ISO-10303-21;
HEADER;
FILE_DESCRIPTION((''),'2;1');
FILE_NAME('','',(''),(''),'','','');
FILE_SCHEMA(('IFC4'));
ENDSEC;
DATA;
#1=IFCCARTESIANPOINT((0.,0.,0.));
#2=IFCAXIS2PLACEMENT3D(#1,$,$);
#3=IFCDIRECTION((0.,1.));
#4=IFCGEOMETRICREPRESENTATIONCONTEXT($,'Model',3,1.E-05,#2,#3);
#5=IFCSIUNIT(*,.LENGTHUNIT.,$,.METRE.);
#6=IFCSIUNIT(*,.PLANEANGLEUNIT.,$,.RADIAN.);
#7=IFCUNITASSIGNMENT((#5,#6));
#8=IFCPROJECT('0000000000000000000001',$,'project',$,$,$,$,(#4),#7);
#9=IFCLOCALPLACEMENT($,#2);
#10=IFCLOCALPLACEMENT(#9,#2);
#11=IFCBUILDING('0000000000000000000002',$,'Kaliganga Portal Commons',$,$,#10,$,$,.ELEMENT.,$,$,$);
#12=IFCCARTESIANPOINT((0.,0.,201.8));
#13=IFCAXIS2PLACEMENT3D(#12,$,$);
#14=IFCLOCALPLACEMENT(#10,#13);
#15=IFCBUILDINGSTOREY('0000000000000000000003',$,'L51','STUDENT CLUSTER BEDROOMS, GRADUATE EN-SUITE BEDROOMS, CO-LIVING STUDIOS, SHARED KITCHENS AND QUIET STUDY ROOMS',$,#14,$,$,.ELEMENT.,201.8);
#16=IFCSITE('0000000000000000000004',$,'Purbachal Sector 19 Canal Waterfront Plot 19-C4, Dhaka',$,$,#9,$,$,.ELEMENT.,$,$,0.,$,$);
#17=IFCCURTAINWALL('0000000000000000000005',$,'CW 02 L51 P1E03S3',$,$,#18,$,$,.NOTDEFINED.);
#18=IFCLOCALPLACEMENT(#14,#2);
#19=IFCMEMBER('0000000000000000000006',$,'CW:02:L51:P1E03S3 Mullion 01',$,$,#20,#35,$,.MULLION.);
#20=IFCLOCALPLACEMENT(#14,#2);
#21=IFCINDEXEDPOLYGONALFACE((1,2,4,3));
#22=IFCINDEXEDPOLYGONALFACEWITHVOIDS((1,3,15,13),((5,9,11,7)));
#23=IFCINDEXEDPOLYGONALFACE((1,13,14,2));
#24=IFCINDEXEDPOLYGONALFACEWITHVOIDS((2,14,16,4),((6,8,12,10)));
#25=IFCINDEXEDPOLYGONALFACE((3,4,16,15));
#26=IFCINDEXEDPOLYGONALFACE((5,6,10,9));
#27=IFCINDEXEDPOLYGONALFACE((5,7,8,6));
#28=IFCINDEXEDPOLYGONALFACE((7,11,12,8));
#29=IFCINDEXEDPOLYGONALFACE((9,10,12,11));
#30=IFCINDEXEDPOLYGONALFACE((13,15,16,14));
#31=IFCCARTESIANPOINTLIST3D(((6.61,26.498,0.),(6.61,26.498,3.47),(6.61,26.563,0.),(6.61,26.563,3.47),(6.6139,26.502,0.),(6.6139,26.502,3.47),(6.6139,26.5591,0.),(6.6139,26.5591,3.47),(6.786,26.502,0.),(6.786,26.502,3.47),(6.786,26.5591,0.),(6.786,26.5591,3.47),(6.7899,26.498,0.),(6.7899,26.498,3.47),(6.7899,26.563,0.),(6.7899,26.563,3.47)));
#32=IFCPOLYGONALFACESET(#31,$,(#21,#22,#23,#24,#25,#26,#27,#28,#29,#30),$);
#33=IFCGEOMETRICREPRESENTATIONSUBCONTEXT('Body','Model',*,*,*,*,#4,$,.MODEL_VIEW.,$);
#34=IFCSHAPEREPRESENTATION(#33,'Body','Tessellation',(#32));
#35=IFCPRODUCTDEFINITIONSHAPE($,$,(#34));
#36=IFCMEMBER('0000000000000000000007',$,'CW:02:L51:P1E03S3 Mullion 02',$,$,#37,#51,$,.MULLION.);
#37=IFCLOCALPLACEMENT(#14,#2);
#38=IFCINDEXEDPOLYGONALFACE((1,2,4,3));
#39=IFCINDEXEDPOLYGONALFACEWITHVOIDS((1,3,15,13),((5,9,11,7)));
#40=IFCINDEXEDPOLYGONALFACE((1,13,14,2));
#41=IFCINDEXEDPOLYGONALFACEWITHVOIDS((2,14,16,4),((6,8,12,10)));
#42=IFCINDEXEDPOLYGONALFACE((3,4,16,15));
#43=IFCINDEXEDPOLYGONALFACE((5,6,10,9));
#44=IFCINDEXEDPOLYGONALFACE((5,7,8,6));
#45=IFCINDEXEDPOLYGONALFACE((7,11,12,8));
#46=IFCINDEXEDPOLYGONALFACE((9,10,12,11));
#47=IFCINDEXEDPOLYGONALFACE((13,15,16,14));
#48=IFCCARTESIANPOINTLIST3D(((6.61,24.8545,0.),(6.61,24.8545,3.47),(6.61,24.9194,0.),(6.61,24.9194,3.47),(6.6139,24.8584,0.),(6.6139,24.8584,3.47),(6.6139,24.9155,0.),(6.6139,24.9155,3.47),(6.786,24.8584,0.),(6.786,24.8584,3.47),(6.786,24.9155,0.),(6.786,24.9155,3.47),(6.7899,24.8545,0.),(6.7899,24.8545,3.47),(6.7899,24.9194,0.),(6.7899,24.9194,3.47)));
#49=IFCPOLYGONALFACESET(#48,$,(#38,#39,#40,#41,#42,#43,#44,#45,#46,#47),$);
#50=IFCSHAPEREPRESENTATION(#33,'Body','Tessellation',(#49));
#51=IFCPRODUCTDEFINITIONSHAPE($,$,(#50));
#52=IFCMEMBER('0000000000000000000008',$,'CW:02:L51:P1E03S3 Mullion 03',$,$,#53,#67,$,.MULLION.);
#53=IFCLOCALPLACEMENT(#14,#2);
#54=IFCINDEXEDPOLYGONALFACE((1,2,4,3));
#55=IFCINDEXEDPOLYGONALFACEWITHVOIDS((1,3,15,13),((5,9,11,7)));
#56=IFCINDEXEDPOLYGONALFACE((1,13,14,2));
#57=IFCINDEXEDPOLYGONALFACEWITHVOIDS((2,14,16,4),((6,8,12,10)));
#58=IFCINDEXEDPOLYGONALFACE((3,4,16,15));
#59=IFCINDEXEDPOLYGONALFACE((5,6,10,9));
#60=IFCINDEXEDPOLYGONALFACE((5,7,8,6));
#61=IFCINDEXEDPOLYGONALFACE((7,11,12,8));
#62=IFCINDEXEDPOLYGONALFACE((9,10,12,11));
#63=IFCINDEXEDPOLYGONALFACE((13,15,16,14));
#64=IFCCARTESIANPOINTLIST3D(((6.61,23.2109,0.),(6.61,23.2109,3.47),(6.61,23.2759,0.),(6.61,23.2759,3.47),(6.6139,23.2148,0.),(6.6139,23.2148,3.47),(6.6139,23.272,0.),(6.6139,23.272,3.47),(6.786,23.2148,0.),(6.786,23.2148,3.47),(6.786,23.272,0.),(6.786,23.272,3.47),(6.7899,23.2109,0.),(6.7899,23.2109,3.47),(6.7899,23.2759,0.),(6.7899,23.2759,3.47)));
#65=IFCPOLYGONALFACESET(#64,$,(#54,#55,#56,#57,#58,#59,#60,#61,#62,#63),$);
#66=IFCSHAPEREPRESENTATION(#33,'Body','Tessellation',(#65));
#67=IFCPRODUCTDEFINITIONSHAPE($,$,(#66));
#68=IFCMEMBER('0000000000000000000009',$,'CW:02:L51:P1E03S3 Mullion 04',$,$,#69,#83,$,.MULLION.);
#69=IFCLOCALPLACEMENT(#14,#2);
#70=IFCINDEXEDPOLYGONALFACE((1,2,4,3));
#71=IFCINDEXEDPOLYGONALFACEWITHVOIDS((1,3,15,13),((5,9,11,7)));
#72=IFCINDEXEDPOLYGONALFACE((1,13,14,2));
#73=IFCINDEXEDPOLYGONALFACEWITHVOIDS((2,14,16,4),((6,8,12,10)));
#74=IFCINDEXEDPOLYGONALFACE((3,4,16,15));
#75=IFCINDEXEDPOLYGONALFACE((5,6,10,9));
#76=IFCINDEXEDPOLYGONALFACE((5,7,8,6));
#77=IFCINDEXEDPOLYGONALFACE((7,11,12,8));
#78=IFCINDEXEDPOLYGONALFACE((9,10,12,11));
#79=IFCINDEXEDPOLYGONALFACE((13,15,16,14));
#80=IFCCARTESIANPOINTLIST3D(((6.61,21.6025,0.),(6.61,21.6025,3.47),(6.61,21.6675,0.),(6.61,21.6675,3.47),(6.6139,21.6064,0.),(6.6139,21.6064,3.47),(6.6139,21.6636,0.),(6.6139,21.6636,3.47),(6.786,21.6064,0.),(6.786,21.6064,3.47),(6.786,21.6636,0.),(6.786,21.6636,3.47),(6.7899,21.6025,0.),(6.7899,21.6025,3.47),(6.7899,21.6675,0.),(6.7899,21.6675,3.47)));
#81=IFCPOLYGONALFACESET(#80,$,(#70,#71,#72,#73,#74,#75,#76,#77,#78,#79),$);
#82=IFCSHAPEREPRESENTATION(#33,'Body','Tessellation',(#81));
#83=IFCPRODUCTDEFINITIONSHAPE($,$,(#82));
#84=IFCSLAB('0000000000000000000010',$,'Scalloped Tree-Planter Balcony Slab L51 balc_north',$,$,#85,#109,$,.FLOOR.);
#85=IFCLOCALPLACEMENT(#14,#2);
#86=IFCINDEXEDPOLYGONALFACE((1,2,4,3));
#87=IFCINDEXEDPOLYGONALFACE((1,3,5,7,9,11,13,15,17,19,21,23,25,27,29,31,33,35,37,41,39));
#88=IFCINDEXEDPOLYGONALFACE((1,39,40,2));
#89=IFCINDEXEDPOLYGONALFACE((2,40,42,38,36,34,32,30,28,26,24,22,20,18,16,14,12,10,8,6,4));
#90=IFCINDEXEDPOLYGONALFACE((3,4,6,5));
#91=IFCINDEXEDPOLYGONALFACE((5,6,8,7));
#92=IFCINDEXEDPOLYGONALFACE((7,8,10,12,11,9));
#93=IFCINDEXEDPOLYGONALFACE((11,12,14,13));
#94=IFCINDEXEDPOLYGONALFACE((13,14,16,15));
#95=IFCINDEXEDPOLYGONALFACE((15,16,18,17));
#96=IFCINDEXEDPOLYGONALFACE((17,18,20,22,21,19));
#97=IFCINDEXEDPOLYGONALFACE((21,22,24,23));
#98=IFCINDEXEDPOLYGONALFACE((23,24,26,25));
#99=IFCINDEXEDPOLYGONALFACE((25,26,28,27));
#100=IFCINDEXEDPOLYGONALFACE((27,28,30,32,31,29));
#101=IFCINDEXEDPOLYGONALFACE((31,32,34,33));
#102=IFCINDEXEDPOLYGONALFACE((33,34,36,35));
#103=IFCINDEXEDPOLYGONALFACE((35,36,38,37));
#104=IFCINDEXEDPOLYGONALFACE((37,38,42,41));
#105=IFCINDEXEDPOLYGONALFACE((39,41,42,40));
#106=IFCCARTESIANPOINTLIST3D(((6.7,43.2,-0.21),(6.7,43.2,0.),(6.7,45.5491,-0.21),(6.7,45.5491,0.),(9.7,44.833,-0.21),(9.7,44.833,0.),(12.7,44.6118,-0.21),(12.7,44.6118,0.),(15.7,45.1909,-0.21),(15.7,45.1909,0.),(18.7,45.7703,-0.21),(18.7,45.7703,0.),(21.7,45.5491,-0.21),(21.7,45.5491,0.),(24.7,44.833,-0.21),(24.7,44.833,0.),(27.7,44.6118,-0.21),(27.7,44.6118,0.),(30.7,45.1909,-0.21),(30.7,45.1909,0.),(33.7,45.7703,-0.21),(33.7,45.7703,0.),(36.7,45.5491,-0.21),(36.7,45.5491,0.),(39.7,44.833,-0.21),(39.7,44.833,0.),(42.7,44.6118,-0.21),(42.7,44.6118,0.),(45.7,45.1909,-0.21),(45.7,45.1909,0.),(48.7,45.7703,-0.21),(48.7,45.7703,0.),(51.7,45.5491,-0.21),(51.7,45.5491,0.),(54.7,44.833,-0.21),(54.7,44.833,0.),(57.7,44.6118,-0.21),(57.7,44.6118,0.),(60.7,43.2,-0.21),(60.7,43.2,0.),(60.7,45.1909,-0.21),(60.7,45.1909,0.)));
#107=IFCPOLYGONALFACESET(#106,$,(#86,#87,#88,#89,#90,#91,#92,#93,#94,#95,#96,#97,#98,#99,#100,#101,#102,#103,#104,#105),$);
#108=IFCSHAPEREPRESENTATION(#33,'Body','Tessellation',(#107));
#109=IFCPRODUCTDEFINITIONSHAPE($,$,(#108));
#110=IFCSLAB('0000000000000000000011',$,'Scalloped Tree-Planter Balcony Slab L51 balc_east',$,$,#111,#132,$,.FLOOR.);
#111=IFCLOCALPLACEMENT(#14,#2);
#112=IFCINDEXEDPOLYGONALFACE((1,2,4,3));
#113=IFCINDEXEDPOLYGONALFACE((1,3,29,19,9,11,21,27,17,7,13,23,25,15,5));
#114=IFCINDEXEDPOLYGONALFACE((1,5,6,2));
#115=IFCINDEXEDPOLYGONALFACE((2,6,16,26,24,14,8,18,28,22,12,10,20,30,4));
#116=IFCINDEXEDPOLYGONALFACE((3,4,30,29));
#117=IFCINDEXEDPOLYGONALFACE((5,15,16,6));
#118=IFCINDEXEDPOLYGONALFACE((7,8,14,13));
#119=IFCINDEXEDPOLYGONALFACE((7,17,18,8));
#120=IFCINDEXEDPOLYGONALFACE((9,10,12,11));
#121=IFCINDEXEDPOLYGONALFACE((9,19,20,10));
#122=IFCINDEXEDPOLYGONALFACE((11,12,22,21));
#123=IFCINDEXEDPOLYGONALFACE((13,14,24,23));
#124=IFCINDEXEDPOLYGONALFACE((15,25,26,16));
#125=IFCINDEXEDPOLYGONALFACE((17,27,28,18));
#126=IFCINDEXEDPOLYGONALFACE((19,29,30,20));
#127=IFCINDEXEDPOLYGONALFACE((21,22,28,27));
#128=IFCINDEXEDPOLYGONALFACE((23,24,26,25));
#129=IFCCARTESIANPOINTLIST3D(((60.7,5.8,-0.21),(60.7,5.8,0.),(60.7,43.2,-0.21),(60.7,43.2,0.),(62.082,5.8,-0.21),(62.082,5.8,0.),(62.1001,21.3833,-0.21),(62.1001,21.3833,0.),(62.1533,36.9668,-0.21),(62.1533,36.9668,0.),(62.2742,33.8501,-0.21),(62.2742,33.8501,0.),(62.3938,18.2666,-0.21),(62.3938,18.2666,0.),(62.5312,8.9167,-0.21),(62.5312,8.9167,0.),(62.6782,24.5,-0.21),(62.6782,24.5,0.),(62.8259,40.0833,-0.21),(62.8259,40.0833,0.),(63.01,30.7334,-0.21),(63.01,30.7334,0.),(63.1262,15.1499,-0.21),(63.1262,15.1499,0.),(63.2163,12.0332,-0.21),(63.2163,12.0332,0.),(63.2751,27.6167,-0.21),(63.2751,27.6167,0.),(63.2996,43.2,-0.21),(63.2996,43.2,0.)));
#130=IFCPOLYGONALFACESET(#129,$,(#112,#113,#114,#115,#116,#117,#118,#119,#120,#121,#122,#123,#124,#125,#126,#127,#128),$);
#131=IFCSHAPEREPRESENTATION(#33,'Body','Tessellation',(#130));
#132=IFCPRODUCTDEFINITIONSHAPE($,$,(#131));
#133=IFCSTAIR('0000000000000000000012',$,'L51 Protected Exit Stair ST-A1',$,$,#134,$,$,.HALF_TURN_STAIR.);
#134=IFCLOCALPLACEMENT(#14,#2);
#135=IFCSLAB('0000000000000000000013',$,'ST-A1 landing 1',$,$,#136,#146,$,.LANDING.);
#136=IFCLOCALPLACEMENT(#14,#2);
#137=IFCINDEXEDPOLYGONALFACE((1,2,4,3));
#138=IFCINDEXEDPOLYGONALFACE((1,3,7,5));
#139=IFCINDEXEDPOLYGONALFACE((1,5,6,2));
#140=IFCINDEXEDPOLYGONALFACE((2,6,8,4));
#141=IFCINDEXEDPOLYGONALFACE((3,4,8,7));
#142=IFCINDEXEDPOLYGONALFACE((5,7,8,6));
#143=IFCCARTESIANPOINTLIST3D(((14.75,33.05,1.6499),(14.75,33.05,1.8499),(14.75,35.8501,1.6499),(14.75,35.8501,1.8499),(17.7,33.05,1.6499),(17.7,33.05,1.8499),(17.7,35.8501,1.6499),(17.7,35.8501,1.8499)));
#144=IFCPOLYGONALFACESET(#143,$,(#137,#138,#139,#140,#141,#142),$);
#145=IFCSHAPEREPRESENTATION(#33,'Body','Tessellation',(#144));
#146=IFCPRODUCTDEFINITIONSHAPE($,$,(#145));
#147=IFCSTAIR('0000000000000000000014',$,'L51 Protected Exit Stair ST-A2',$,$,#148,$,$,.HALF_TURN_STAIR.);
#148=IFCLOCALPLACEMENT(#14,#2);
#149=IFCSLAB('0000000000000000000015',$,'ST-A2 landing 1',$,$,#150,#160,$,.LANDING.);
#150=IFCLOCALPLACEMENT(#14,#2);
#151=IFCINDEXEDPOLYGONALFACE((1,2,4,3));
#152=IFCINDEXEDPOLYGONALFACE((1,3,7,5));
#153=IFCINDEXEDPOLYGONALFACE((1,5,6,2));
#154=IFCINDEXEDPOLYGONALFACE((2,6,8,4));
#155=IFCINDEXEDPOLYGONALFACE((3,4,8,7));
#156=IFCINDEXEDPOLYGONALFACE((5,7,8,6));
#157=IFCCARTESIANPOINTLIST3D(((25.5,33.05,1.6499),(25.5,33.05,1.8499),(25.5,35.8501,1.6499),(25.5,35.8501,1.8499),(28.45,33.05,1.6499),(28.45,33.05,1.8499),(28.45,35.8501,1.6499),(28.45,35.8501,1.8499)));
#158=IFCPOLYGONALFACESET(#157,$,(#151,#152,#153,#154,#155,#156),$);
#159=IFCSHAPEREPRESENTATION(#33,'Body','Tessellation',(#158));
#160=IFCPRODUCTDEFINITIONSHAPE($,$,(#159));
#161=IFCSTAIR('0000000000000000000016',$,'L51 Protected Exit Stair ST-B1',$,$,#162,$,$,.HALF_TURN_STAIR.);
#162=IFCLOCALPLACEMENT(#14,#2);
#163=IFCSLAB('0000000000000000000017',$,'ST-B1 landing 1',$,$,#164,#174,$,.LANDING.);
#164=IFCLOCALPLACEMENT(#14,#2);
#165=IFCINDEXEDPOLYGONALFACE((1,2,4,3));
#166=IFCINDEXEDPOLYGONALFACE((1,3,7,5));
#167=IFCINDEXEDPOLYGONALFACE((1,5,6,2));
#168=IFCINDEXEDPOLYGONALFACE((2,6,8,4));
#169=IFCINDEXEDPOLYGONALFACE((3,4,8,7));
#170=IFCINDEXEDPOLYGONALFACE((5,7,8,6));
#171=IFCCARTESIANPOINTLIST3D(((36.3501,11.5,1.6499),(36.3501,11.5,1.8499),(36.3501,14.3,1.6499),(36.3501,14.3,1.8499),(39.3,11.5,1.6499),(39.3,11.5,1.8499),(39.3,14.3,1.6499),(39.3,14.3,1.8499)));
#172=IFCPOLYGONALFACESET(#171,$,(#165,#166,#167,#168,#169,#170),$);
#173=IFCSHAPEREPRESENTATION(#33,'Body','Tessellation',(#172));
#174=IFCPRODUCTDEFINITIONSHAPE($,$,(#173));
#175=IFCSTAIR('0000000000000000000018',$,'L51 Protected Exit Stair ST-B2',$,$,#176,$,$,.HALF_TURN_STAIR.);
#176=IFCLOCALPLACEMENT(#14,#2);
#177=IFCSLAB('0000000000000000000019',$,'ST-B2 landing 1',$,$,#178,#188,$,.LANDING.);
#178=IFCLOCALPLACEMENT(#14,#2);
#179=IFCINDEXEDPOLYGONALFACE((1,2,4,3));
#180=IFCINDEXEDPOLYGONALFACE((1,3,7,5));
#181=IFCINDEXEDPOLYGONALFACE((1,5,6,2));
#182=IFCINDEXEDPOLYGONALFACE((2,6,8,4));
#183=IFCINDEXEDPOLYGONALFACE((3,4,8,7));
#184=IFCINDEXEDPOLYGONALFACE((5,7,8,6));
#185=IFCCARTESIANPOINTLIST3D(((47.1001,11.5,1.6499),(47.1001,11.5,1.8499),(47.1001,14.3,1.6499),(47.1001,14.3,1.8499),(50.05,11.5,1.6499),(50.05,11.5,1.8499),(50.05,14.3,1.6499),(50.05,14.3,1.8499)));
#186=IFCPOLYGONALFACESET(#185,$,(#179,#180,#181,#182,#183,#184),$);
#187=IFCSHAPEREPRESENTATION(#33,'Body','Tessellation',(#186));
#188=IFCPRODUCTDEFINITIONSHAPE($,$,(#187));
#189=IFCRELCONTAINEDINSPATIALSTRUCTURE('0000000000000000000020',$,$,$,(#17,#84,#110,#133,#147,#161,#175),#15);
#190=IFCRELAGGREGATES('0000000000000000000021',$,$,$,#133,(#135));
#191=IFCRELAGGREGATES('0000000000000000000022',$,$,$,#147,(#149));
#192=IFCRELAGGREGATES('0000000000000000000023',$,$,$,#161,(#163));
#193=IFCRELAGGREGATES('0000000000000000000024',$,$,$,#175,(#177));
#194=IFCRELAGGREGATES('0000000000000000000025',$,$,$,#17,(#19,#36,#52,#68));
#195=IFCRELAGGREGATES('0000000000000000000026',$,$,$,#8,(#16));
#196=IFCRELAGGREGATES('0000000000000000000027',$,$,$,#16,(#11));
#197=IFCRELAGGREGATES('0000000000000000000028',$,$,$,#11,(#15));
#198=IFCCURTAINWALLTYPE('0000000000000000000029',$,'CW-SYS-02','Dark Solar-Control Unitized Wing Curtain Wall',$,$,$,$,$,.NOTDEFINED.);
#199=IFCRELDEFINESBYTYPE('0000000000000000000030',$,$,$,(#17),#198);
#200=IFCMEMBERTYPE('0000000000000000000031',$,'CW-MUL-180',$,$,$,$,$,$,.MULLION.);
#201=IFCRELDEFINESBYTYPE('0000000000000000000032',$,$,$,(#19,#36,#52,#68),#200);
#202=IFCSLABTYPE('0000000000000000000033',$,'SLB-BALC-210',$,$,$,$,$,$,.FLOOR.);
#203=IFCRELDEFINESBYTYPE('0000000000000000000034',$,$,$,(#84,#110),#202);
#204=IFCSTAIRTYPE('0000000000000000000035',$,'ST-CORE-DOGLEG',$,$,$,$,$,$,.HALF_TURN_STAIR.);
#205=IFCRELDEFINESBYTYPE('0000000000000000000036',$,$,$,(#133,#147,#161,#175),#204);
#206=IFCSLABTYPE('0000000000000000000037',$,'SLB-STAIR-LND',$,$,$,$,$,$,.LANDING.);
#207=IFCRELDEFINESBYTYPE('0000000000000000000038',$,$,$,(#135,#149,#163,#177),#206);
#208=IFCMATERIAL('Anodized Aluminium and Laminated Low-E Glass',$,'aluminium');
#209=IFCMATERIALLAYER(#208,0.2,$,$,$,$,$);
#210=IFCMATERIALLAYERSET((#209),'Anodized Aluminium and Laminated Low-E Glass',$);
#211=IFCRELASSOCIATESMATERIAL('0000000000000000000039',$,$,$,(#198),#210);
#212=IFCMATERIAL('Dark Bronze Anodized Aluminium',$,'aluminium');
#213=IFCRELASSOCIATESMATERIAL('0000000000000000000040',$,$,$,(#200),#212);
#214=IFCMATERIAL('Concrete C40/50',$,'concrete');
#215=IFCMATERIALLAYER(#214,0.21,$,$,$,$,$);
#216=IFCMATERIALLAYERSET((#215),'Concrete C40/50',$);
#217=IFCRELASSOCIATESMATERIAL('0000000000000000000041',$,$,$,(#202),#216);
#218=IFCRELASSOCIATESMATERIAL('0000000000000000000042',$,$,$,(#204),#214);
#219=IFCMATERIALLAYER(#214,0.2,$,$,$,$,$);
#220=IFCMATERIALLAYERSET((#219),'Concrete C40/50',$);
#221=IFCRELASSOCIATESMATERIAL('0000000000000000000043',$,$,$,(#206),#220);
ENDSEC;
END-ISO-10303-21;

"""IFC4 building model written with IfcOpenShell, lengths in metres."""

from ifc_helpers import new_model, si_unit, direction, frame, origin, origin_2d, place, context, subcontext, project, spatial, polyline, hollow_rectangle, outline, extrude, source, transform, mapped, material, layer, layer_set, material_profile, profile_set, type_object, element, aggregate, save


model = new_model("IFC4")

# Units and contexts
model_context = context("Model", 3, precision=1e-05, world=origin(), true_north=direction((0.0, 1.0)))
body_context = subcontext(model_context, "Body", "Model", "MODEL_VIEW")
ifc_project = project(units=[si_unit("LENGTHUNIT", "METRE"), si_unit("PLANEANGLEUNIT", "RADIAN")], contexts=[model_context])

# Site, building, storey
site_placement = place(None, origin())
site = spatial("IfcSite", under=ifc_project, at=site_placement, Name="Purbachal Sector 19 Canal Waterfront Plot 19-C4, Dhaka", CompositionType="ELEMENT", RefElevation=0.0)
building_placement = place(site_placement, origin())
building = spatial("IfcBuilding", under=site, at=building_placement, Name="Kaliganga Portal Commons", CompositionType="ELEMENT")
storey_placement = place(building_placement, frame((0.0, 0.0, 201.8)))
storey = spatial("IfcBuildingStorey", under=building, at=storey_placement, Name="L51", Description="STUDENT CLUSTER BEDROOMS, GRADUATE EN-SUITE BEDROOMS, CO-LIVING STUDIOS, SHARED KITCHENS AND QUIET STUDY ROOMS", CompositionType="ELEMENT", Elevation=201.8)

# Curtain wall, members
ifc_material_1 = material(Name="Anodized Aluminium and Laminated Low-E Glass", Category="aluminium")
ifc_layer_1 = layer(ifc_material_1, 0.2)
ifc_layer_set_1 = layer_set([ifc_layer_1], Name="Anodized Aluminium and Laminated Low-E Glass")
curtain_wall_type = type_object("IfcCurtainWallType", Name="CW-SYS-02", Description="Dark Solar-Control Unitized Wing Curtain Wall", PredefinedType="NOTDEFINED", material=ifc_layer_set_1)
curtain_wall_placement = place(storey_placement, origin())
curtain_wall = element("IfcCurtainWall", 1, at=curtain_wall_placement, inside=storey, type_object=curtain_wall_type, Name="CW 02 L51 P1E03S3", PredefinedType="NOTDEFINED")
ifc_material_2 = material(Name="Dark Bronze Anodized Aluminium", Category="aluminium")
ifc_material_profile = material_profile(ifc_material_2, hollow_rectangle(XDim=0.0649, YDim=0.1799, WallThickness=0.0039, at=origin_2d()), Name="ALU MULL 65x180x4")
ifc_profile_set = profile_set([ifc_material_profile], Name="Dark Bronze Anodized Aluminium")
member_type = type_object("IfcMemberType", Name="CW-MUL-180", PredefinedType="MULLION", material=ifc_profile_set)
shared_shape_1 = source(origin(), body_context, "Body", "SweptSolid", [
    extrude(hollow_rectangle(XDim=0.0649, YDim=0.1799, WallThickness=0.0039, at=origin_2d()), origin(), (0.0, 0.0, 1.0), 3.47),
])
member_1_placement = place(storey_placement, frame((6.7, 26.5305, 0.0), z_axis=(0.0, 0.0, 1.0), x_axis=(0.0, -1.0, 0.0)))
member_1 = element("IfcMember", 2, at=member_1_placement, type_object=member_type, Name="CW:02:L51:P1E03S3 Mullion 01", PredefinedType="MULLION", context=body_context, shape_type="MappedRepresentation", body=[
    mapped(shared_shape_1, transform((0.0, 0.0, 0.0), x_axis=(1.0, 0.0, 0.0), y_axis=(0.0, 1.0, 0.0), z_axis=(0.0, 0.0, 1.0), scale=1.0)),
])
member_2_placement = place(storey_placement, frame((6.7, 24.887, 0.0), z_axis=(0.0, 0.0, 1.0), x_axis=(0.0, -1.0, 0.0)))
member_2 = element("IfcMember", 3, at=member_2_placement, type_object=member_type, Name="CW:02:L51:P1E03S3 Mullion 02", PredefinedType="MULLION", context=body_context, shape_type="MappedRepresentation", body=[
    mapped(shared_shape_1, transform((0.0, 0.0, 0.0), x_axis=(1.0, 0.0, 0.0), y_axis=(0.0, 1.0, 0.0), z_axis=(0.0, 0.0, 1.0), scale=1.0)),
])
member_3_placement = place(storey_placement, frame((6.7, 23.2434, 0.0), z_axis=(0.0, 0.0, 1.0), x_axis=(0.0, -1.0, 0.0)))
member_3 = element("IfcMember", 4, at=member_3_placement, type_object=member_type, Name="CW:02:L51:P1E03S3 Mullion 03", PredefinedType="MULLION", context=body_context, shape_type="MappedRepresentation", body=[
    mapped(shared_shape_1, transform((0.0, 0.0, 0.0), x_axis=(1.0, 0.0, 0.0), y_axis=(0.0, 1.0, 0.0), z_axis=(0.0, 0.0, 1.0), scale=1.0)),
])
member_4_placement = place(storey_placement, frame((6.7, 21.635, 0.0), z_axis=(0.0, 0.0, 1.0), x_axis=(0.0, -1.0, 0.0)))
member_4 = element("IfcMember", 5, at=member_4_placement, type_object=member_type, Name="CW:02:L51:P1E03S3 Mullion 04", PredefinedType="MULLION", context=body_context, shape_type="MappedRepresentation", body=[
    mapped(shared_shape_1, transform((0.0, 0.0, 0.0), x_axis=(1.0, 0.0, 0.0), y_axis=(0.0, 1.0, 0.0), z_axis=(0.0, 0.0, 1.0), scale=1.0)),
])

# Slabs
ifc_material_3 = material(Name="Concrete C40/50", Category="concrete")
ifc_layer_2 = layer(ifc_material_3, 0.21)
ifc_layer_set_2 = layer_set([ifc_layer_2], Name="Concrete C40/50")
slab_type_1 = type_object("IfcSlabType", Name="SLB-BALC-210", PredefinedType="FLOOR", material=ifc_layer_set_2)
slab_1_placement = place(storey_placement, frame((0.0, 0.0, -0.21)))
element("IfcSlab", 6, at=slab_1_placement, inside=storey, type_object=slab_type_1, Name="Scalloped Tree-Planter Balcony Slab L51 balc_north", PredefinedType="FLOOR", context=body_context, shape_type="SweptSolid", body=[
    extrude(outline(polyline([(60.7, 43.2), (60.7, 45.1909), (57.7, 44.6118), (54.7, 44.833), (51.7, 45.5491), (48.7, 45.7703), (45.7, 45.1909), (42.7, 44.6118), (39.7, 44.833), (36.7, 45.5491), (33.7, 45.7703), (30.7, 45.1909), (27.7, 44.6118), (24.7, 44.833), (21.7, 45.5491), (18.7, 45.7703), (15.7, 45.1909), (12.7, 44.6118), (9.7, 44.833), (6.7, 45.5491), (6.7, 43.2), (60.7, 43.2)])), origin(), (0.0, 0.0, 1.0), 0.21),
])
slab_2_placement = place(storey_placement, frame((0.0, 0.0, -0.21)))
element("IfcSlab", 7, at=slab_2_placement, inside=storey, type_object=slab_type_1, Name="Scalloped Tree-Planter Balcony Slab L51 balc_east", PredefinedType="FLOOR", context=body_context, shape_type="SweptSolid", body=[
    extrude(outline(polyline([(60.7, 5.8), (62.082, 5.8), (62.5312, 8.9167), (63.2163, 12.0332), (63.1262, 15.1499), (62.3938, 18.2666), (62.1001, 21.3833), (62.6782, 24.5), (63.2751, 27.6167), (63.01, 30.7334), (62.2742, 33.8501), (62.1533, 36.9668), (62.8259, 40.0833), (63.2996, 43.2), (60.7, 43.2), (60.7, 5.8)])), origin(), (0.0, 0.0, 1.0), 0.21),
])

# Stairs, slabs
stair_type = type_object("IfcStairType", Name="ST-CORE-DOGLEG", PredefinedType="HALF_TURN_STAIR", material=ifc_material_3)
stair_1_placement = place(storey_placement, origin())
stair_1 = element("IfcStair", 8, at=stair_1_placement, inside=storey, type_object=stair_type, Name="L51 Protected Exit Stair ST-A1", PredefinedType="HALF_TURN_STAIR")
ifc_layer_3 = layer(ifc_material_3, 0.2)
ifc_layer_set_3 = layer_set([ifc_layer_3], Name="Concrete C40/50")
slab_type_2 = type_object("IfcSlabType", Name="SLB-STAIR-LND", PredefinedType="LANDING", material=ifc_layer_set_3)
slab_3_placement = place(storey_placement, frame((0.0, 0.0, 1.6499)))
slab_3 = element("IfcSlab", 9, at=slab_3_placement, type_object=slab_type_2, Name="ST-A1 landing 1", PredefinedType="LANDING", context=body_context, shape_type="SweptSolid", body=[
    extrude(outline(polyline([(17.7, 33.05), (17.7, 35.8501), (14.75, 35.8501), (14.75, 33.05), (17.7, 33.05)])), origin(), (0.0, 0.0, 1.0), 0.2),
])
aggregate(stair_1, [slab_3])
stair_2_placement = place(storey_placement, origin())
stair_2 = element("IfcStair", 10, at=stair_2_placement, inside=storey, type_object=stair_type, Name="L51 Protected Exit Stair ST-A2", PredefinedType="HALF_TURN_STAIR")
slab_4_placement = place(storey_placement, frame((0.0, 0.0, 1.6499)))
slab_4 = element("IfcSlab", 11, at=slab_4_placement, type_object=slab_type_2, Name="ST-A2 landing 1", PredefinedType="LANDING", context=body_context, shape_type="SweptSolid", body=[
    extrude(outline(polyline([(28.45, 33.05), (28.45, 35.8501), (25.5, 35.8501), (25.5, 33.05), (28.45, 33.05)])), origin(), (0.0, 0.0, 1.0), 0.2),
])
aggregate(stair_2, [slab_4])
stair_3_placement = place(storey_placement, origin())
stair_3 = element("IfcStair", 12, at=stair_3_placement, inside=storey, type_object=stair_type, Name="L51 Protected Exit Stair ST-B1", PredefinedType="HALF_TURN_STAIR")
slab_5_placement = place(storey_placement, frame((0.0, 0.0, 1.6499)))
slab_5 = element("IfcSlab", 13, at=slab_5_placement, type_object=slab_type_2, Name="ST-B1 landing 1", PredefinedType="LANDING", context=body_context, shape_type="SweptSolid", body=[
    extrude(outline(polyline([(39.3, 11.5), (39.3, 14.3), (36.3501, 14.3), (36.3501, 11.5), (39.3, 11.5)])), origin(), (0.0, 0.0, 1.0), 0.2),
])
aggregate(stair_3, [slab_5])
stair_4_placement = place(storey_placement, origin())
stair_4 = element("IfcStair", 14, at=stair_4_placement, inside=storey, type_object=stair_type, Name="L51 Protected Exit Stair ST-B2", PredefinedType="HALF_TURN_STAIR")
slab_6_placement = place(storey_placement, frame((0.0, 0.0, 1.6499)))
slab_6 = element("IfcSlab", 15, at=slab_6_placement, type_object=slab_type_2, Name="ST-B2 landing 1", PredefinedType="LANDING", context=body_context, shape_type="SweptSolid", body=[
    extrude(outline(polyline([(50.05, 11.5), (50.05, 14.3), (47.1001, 14.3), (47.1001, 11.5), (50.05, 11.5)])), origin(), (0.0, 0.0, 1.0), 0.2),
])
aggregate(stair_4, [slab_6])

aggregate(curtain_wall, [member_1, member_2, member_3, member_4])

save(model, "model.ifc")
